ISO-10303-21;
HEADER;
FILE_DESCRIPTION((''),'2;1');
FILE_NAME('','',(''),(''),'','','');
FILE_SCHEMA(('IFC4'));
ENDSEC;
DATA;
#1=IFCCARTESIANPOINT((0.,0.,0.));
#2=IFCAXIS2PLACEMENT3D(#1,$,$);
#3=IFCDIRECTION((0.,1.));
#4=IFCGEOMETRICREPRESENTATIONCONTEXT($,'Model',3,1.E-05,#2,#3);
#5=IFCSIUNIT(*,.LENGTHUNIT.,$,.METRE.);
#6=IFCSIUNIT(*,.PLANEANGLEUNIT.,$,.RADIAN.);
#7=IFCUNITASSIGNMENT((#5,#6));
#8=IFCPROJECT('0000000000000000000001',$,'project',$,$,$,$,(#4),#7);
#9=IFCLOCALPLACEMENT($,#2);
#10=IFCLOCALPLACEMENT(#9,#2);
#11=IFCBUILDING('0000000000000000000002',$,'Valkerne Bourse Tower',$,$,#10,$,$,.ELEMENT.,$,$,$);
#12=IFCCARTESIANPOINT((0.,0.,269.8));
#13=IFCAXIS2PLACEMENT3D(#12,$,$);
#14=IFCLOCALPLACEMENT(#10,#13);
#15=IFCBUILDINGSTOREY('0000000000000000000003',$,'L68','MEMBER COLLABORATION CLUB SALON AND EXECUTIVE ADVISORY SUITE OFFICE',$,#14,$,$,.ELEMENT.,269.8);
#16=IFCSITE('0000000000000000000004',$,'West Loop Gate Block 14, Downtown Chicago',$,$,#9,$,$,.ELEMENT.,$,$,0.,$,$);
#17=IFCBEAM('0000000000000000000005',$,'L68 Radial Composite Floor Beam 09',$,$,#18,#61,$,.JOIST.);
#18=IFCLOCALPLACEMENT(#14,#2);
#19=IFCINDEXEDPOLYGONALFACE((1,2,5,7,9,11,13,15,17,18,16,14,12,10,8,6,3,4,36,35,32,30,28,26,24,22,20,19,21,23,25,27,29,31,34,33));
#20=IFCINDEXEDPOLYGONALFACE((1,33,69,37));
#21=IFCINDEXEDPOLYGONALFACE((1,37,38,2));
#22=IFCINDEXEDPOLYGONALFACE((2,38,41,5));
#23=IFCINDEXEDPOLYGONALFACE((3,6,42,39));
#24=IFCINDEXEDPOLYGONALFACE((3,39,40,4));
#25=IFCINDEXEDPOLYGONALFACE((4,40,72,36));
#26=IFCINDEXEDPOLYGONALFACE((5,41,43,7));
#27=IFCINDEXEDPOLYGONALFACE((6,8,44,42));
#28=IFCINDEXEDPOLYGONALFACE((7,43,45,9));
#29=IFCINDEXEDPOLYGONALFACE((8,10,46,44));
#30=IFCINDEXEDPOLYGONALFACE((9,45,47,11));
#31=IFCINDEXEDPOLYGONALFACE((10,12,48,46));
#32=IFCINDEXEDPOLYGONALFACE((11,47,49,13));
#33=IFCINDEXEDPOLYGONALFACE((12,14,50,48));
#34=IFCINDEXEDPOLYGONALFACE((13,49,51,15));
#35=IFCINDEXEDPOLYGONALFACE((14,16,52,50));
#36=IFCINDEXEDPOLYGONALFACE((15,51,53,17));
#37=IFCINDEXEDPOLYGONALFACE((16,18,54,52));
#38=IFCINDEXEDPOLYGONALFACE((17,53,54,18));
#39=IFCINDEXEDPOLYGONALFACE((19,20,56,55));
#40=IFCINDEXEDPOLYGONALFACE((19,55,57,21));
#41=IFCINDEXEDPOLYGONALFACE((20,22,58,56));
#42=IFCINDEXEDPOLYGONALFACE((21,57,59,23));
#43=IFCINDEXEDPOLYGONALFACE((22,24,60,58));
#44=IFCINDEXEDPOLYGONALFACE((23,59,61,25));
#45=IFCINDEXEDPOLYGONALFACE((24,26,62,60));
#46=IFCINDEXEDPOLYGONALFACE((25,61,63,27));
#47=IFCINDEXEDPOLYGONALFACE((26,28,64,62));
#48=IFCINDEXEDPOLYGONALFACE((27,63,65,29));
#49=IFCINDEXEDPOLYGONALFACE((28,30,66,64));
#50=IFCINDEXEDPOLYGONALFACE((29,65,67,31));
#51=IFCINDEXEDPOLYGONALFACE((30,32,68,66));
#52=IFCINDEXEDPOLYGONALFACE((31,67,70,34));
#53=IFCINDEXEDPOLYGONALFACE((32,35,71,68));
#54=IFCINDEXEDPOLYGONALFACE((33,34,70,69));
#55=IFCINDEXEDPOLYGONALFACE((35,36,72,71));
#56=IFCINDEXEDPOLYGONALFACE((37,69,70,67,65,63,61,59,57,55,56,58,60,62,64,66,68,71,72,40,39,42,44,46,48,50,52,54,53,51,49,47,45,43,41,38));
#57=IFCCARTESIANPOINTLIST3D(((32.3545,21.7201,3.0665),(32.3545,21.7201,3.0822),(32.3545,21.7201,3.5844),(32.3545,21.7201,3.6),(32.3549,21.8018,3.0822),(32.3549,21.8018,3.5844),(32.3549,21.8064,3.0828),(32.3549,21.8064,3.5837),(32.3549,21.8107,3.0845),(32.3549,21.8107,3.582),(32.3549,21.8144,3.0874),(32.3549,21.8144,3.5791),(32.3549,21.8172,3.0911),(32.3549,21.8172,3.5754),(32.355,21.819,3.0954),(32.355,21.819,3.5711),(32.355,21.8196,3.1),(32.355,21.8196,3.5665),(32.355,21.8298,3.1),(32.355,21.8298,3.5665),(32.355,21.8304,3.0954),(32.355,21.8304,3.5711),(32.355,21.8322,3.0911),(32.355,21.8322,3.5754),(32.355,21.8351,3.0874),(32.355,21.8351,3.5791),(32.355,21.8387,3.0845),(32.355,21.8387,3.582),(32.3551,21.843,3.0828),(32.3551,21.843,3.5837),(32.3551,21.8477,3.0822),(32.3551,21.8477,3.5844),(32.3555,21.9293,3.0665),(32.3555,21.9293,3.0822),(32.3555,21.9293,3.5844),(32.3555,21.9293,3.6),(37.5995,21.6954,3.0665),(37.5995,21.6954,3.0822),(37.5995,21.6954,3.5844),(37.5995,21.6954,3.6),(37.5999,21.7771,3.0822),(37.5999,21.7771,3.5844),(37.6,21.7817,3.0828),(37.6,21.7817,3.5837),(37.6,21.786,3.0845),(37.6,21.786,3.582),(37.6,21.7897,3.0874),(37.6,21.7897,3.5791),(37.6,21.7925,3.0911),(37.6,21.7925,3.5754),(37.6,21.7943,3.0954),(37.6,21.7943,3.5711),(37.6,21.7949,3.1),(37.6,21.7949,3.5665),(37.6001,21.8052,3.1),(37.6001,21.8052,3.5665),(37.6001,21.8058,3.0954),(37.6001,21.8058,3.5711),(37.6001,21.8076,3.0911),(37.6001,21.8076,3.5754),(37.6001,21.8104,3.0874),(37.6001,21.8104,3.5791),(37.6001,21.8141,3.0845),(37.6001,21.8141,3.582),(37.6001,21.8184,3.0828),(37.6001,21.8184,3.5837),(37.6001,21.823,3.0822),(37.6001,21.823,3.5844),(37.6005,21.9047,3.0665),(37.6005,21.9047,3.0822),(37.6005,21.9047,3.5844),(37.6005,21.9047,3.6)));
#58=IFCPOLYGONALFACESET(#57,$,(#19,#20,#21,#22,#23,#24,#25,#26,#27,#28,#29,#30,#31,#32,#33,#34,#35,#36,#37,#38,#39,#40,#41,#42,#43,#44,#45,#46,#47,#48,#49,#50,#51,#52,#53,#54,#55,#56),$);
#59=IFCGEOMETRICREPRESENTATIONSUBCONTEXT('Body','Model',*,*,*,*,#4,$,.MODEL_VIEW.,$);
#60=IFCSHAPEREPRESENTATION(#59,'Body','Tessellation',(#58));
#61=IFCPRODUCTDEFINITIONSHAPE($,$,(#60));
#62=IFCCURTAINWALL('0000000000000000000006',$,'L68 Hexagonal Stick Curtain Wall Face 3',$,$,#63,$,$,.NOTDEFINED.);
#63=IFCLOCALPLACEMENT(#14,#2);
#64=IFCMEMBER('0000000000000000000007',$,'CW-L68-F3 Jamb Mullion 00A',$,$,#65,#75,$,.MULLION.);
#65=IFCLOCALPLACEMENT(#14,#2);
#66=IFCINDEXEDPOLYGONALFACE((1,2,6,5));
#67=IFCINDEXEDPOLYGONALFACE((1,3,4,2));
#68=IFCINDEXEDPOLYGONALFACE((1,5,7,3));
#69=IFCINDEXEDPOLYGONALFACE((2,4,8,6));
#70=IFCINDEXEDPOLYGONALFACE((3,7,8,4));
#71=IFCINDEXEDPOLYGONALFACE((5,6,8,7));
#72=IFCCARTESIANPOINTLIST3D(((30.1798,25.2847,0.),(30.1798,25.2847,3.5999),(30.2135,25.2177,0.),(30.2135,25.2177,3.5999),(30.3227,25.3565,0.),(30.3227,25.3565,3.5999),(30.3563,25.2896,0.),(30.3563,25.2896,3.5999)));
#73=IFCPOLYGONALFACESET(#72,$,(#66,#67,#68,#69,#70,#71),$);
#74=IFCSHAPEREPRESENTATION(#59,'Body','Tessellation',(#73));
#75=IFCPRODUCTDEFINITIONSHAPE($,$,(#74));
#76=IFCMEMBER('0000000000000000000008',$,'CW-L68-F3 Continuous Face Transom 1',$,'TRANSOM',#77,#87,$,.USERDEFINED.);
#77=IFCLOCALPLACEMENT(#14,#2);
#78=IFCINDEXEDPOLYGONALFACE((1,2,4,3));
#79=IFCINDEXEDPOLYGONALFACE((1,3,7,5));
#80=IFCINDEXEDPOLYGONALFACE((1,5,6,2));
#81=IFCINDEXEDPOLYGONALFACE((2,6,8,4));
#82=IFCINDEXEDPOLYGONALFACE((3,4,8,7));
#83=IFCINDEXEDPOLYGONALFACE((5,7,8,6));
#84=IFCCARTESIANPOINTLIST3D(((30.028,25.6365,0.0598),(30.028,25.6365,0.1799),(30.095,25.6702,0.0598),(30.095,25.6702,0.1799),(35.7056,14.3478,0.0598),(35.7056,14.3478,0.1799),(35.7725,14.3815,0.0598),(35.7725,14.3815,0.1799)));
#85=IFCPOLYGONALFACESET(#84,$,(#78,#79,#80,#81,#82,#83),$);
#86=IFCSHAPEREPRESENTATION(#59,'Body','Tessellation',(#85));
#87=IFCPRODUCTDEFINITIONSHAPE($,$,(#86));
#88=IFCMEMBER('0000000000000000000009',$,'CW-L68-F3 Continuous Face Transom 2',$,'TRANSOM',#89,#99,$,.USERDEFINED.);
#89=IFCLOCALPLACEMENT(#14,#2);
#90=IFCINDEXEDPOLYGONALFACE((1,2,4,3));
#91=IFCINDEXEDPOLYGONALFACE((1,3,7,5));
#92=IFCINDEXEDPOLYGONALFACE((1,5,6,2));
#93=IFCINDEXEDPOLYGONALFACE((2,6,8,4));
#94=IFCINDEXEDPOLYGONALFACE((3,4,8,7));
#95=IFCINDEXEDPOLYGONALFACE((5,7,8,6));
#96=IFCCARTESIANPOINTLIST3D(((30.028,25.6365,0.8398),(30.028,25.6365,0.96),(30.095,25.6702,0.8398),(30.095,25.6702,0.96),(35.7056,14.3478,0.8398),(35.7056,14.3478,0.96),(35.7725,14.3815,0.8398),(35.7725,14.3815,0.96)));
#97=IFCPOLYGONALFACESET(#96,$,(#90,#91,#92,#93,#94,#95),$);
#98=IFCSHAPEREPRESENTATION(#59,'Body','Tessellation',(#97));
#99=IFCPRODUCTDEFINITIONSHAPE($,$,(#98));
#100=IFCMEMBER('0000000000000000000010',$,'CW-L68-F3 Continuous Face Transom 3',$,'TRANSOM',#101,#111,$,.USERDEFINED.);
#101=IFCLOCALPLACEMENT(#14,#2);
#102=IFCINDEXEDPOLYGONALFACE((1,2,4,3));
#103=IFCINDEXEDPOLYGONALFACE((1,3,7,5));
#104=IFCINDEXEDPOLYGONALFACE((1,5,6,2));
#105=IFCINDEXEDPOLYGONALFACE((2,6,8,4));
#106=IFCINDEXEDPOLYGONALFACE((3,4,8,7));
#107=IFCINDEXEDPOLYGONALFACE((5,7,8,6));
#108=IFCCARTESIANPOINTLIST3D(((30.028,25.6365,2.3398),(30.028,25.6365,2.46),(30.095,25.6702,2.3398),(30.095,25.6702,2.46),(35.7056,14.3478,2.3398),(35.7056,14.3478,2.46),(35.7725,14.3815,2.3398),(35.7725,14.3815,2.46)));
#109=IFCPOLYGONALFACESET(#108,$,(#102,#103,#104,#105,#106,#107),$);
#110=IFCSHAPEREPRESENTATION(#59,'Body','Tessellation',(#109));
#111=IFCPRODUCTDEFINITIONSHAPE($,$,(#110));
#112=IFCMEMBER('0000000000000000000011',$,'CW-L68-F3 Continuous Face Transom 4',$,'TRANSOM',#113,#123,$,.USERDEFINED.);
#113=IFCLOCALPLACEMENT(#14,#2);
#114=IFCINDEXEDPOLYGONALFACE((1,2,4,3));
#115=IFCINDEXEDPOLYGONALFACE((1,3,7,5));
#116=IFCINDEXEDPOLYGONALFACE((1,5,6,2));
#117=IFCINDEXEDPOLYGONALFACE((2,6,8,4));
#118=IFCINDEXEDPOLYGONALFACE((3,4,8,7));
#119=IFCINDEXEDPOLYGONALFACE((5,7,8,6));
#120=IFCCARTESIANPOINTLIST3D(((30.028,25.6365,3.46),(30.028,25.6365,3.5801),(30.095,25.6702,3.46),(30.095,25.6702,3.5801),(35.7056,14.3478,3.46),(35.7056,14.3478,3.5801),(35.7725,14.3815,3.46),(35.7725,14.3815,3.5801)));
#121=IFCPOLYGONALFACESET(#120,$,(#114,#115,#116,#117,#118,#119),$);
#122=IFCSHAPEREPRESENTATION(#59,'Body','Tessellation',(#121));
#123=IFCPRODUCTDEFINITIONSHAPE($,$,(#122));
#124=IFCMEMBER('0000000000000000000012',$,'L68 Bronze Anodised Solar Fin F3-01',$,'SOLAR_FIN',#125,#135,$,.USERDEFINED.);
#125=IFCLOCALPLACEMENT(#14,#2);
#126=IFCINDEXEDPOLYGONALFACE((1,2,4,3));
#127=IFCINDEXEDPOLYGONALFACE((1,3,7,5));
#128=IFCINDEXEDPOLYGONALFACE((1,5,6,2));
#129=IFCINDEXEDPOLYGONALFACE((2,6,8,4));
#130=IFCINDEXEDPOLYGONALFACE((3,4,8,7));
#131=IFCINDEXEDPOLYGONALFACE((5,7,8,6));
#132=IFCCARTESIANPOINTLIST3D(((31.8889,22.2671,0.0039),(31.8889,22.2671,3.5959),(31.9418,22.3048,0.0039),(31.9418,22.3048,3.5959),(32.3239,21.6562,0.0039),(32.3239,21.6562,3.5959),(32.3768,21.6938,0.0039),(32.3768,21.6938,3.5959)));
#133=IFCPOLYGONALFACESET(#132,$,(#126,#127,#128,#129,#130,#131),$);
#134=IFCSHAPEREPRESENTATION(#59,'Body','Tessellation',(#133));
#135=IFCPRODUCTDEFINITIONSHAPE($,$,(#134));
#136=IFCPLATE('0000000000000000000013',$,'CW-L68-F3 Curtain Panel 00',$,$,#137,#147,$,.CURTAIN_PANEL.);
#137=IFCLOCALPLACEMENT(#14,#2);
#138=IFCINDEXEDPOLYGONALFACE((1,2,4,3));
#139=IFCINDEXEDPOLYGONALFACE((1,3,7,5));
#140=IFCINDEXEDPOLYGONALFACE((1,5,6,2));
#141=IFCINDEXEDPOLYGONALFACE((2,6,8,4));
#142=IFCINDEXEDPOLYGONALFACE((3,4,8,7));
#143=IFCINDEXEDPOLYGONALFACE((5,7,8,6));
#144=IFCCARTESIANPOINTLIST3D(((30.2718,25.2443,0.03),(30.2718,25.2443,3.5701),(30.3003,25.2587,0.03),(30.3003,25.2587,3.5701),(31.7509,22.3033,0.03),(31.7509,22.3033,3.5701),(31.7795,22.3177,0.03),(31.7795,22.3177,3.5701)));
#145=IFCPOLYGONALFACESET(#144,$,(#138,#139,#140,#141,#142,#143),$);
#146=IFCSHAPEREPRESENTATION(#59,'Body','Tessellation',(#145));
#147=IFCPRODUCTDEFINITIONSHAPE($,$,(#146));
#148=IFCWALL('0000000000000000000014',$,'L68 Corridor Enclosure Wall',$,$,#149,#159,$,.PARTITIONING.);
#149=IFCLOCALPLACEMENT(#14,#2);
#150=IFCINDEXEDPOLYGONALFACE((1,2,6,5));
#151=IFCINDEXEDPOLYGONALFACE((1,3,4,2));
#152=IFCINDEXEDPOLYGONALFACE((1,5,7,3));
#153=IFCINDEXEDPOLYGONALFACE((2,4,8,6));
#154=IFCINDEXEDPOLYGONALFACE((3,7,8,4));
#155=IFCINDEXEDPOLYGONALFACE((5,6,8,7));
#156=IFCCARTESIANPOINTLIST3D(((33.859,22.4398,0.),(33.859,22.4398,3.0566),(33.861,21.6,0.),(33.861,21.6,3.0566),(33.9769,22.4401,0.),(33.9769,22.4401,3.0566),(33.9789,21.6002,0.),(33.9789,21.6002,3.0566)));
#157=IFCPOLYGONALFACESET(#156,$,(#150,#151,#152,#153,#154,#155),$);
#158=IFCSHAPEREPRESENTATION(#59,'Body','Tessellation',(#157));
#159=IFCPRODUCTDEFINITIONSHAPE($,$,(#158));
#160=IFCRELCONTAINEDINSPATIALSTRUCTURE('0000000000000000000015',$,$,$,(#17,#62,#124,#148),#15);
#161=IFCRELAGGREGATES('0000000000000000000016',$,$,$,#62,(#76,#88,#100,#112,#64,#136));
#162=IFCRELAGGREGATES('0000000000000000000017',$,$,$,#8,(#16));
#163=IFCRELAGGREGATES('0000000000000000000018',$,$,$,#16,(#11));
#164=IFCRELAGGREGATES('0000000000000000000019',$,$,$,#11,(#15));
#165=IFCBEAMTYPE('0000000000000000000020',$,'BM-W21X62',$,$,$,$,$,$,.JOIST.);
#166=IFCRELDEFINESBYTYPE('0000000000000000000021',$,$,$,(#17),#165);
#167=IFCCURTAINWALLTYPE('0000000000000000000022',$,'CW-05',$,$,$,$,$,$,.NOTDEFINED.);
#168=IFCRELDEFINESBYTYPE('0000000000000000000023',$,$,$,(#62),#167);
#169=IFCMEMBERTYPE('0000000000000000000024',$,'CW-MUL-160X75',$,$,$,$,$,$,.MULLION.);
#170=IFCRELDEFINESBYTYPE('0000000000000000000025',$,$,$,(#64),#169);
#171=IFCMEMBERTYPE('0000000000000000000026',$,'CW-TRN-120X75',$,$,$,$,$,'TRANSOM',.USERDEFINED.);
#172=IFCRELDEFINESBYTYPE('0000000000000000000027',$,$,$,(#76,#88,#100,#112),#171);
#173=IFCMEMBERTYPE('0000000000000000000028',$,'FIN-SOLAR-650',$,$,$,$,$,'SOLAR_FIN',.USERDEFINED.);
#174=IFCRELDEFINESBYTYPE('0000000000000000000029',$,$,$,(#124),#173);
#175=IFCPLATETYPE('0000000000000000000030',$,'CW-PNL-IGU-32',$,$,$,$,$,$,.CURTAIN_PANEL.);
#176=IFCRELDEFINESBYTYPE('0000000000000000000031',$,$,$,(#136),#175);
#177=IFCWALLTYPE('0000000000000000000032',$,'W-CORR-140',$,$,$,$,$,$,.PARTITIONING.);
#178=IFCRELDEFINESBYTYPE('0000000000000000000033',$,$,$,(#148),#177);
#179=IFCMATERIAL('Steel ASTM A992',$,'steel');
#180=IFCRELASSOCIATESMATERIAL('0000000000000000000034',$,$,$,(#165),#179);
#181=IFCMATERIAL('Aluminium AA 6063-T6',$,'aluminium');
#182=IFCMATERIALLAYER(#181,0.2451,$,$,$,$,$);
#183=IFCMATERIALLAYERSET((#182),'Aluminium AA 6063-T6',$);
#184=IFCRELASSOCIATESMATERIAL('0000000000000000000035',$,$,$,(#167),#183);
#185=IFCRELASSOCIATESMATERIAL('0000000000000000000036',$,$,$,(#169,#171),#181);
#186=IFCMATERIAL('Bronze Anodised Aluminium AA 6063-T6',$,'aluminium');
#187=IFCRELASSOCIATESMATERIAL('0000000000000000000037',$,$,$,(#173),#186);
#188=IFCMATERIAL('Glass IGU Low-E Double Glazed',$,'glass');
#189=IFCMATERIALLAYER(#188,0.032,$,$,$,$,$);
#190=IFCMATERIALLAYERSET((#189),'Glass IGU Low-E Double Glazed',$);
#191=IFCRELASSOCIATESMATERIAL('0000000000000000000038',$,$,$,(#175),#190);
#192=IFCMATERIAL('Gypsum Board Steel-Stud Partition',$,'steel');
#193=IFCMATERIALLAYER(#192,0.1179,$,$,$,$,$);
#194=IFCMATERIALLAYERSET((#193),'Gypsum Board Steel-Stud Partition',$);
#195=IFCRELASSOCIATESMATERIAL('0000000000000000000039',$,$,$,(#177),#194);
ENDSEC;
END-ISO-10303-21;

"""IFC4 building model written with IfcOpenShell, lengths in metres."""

from ifc_helpers import new_model, si_unit, direction, frame, frame_2d, origin, origin_2d, place, context, subcontext, project, spatial, rectangle, i_section, extrude, material, layer, layer_set, material_profile, profile_set, type_object, element, aggregate, save


model = new_model("IFC4")

# Units and contexts
model_context = context("Model", 3, precision=1e-05, world=origin(), true_north=direction((0.0, 1.0)))
body_context = subcontext(model_context, "Body", "Model", "MODEL_VIEW")
ifc_project = project(units=[si_unit("LENGTHUNIT", "METRE"), si_unit("PLANEANGLEUNIT", "RADIAN")], contexts=[model_context])

# Site, building, storey
site_placement = place(None, origin())
site = spatial("IfcSite", under=ifc_project, at=site_placement, Name="West Loop Gate Block 14, Downtown Chicago", CompositionType="ELEMENT", RefElevation=0.0)
building_placement = place(site_placement, origin())
building = spatial("IfcBuilding", under=site, at=building_placement, Name="Valkerne Bourse Tower", CompositionType="ELEMENT")
storey_placement = place(building_placement, frame((0.0, 0.0, 269.8)))
storey = spatial("IfcBuildingStorey", under=building, at=storey_placement, Name="L68", Description="MEMBER COLLABORATION CLUB SALON AND EXECUTIVE ADVISORY SUITE OFFICE", CompositionType="ELEMENT", Elevation=269.8)

# Beam
ifc_material_1 = material(Name="Steel ASTM A992", Category="steel")
ifc_material_profile_1 = material_profile(ifc_material_1, i_section(OverallWidth=0.2092, OverallDepth=0.5334, WebThickness=0.0103, FlangeThickness=0.0156, FilletRadius=0.0178, at=origin_2d()), Name="W21X62")
ifc_profile_set_1 = profile_set([ifc_material_profile_1], Name="Steel ASTM A992")
beam_type_1 = type_object("IfcBeamType", Name="BM-W21X62", PredefinedType="JOIST", material=ifc_profile_set_1)
beam_1_placement = place(storey_placement, frame((32.355, 21.8247, 3.3333), z_axis=(0.999989, -0.004701, 0.0), x_axis=(0.004701, 0.999989, 0.0)))
element("IfcBeam", 1, at=beam_1_placement, inside=storey, type_object=beam_type_1, Name="L68 Radial Composite Floor Beam 09", PredefinedType="JOIST", context=body_context, shape_type="SweptSolid", body=[
    extrude(i_section(OverallWidth=0.2092, OverallDepth=0.5334, WebThickness=0.0103, FlangeThickness=0.0156, FilletRadius=0.0178, at=origin_2d()), origin(), (0.0, 0.0, 1.0), 5.2451),
])

# Curtain wall, members
ifc_material_2 = material(Name="Aluminium AA 6063-T6", Category="aluminium")
ifc_layer_1 = layer(ifc_material_2, 0.2451)
ifc_layer_set_1 = layer_set([ifc_layer_1], Name="Aluminium AA 6063-T6")
curtain_wall_type = type_object("IfcCurtainWallType", Name="CW-05", PredefinedType="NOTDEFINED", material=ifc_layer_set_1)
curtain_wall_placement = place(storey_placement, origin())
curtain_wall = element("IfcCurtainWall", 2, at=curtain_wall_placement, inside=storey, type_object=curtain_wall_type, Name="L68 Hexagonal Stick Curtain Wall Face 3", PredefinedType="NOTDEFINED")
ifc_material_profile_2 = material_profile(ifc_material_2, rectangle(XDim=0.075, YDim=0.1599, at=origin_2d()), Name="CWM-75X160")
ifc_profile_set_2 = profile_set([ifc_material_profile_2], Name="Aluminium AA 6063-T6")
member_type_1 = type_object("IfcMemberType", Name="CW-MUL-160X75", PredefinedType="MULLION", material=ifc_profile_set_2)
member_1_placement = place(storey_placement, frame((30.2681, 25.2871, 0.0), z_axis=(0.0, 0.0, 1.0), x_axis=(0.449321, -0.893371, 0.0)))
member_1 = element("IfcMember", 3, at=member_1_placement, type_object=member_type_1, Name="CW-L68-F3 Jamb Mullion 00A", PredefinedType="MULLION", context=body_context, shape_type="SweptSolid", body=[
    extrude(rectangle(XDim=0.075, YDim=0.1599, at=origin_2d()), origin(), (0.0, 0.0, 1.0), 3.5999),
])
ifc_material_profile_3 = material_profile(ifc_material_2, rectangle(XDim=0.075, YDim=0.1201, at=origin_2d()), Name="CWT-75X120")
ifc_profile_set_3 = profile_set([ifc_material_profile_3], Name="Aluminium AA 6063-T6")
member_type_2 = type_object("IfcMemberType", Name="CW-TRN-120X75", ElementType="TRANSOM", PredefinedType="USERDEFINED", material=ifc_profile_set_3)
member_2_placement = place(storey_placement, frame((30.0615, 25.6533, 0.1199), z_axis=(0.449315, -0.893374, 0.0), x_axis=(0.893374, 0.449315, 0.0)))
member_2 = element("IfcMember", 4, at=member_2_placement, type_object=member_type_2, Name="CW-L68-F3 Continuous Face Transom 1", ObjectType="TRANSOM", PredefinedType="USERDEFINED", context=body_context, shape_type="SweptSolid", body=[
    extrude(rectangle(XDim=0.075, YDim=0.1201, at=origin_2d()), origin(), (0.0, 0.0, 1.0), 12.636),
])
member_3_placement = place(storey_placement, frame((30.0615, 25.6533, 0.8999), z_axis=(0.449315, -0.893374, 0.0), x_axis=(0.893374, 0.449315, 0.0)))
member_3 = element("IfcMember", 5, at=member_3_placement, type_object=member_type_2, Name="CW-L68-F3 Continuous Face Transom 2", ObjectType="TRANSOM", PredefinedType="USERDEFINED", context=body_context, shape_type="SweptSolid", body=[
    extrude(rectangle(XDim=0.075, YDim=0.1201, at=origin_2d()), origin(), (0.0, 0.0, 1.0), 12.636),
])
member_4_placement = place(storey_placement, frame((30.0615, 25.6533, 2.3999), z_axis=(0.449315, -0.893374, 0.0), x_axis=(0.893374, 0.449315, 0.0)))
member_4 = element("IfcMember", 6, at=member_4_placement, type_object=member_type_2, Name="CW-L68-F3 Continuous Face Transom 3", ObjectType="TRANSOM", PredefinedType="USERDEFINED", context=body_context, shape_type="SweptSolid", body=[
    extrude(rectangle(XDim=0.075, YDim=0.1201, at=origin_2d()), origin(), (0.0, 0.0, 1.0), 12.636),
])
member_5_placement = place(storey_placement, frame((30.0615, 25.6533, 3.52), z_axis=(0.449315, -0.893374, 0.0), x_axis=(0.893374, 0.449315, 0.0)))
member_5 = element("IfcMember", 7, at=member_5_placement, type_object=member_type_2, Name="CW-L68-F3 Continuous Face Transom 4", ObjectType="TRANSOM", PredefinedType="USERDEFINED", context=body_context, shape_type="SweptSolid", body=[
    extrude(rectangle(XDim=0.075, YDim=0.1201, at=origin_2d()), origin(), (0.0, 0.0, 1.0), 12.636),
])

# Member
ifc_material_3 = material(Name="Bronze Anodised Aluminium AA 6063-T6", Category="aluminium")
ifc_material_profile_4 = material_profile(ifc_material_3, rectangle(XDim=0.0649, YDim=0.75, at=origin_2d()), Name="FIN-65X750")
ifc_profile_set_4 = profile_set([ifc_material_profile_4], Name="Bronze Anodised Aluminium AA 6063-T6")
member_type_3 = type_object("IfcMemberType", Name="FIN-SOLAR-650", ElementType="SOLAR_FIN", PredefinedType="USERDEFINED", material=ifc_profile_set_4)
member_6_placement = place(storey_placement, frame((32.1328, 21.9805, 0.0039), z_axis=(0.0, 0.0, 1.0), x_axis=(-0.814594, -0.580032, 0.0)))
element("IfcMember", 8, at=member_6_placement, inside=storey, type_object=member_type_3, Name="L68 Bronze Anodised Solar Fin F3-01", ObjectType="SOLAR_FIN", PredefinedType="USERDEFINED", context=body_context, shape_type="SweptSolid", body=[
    extrude(rectangle(XDim=0.0649, YDim=0.75, at=origin_2d()), origin(), (0.0, 0.0, 1.0), 3.592),
])

# Plate
ifc_material_4 = material(Name="Glass IGU Low-E Double Glazed", Category="glass")
ifc_layer_2 = layer(ifc_material_4, 0.032)
ifc_layer_set_2 = layer_set([ifc_layer_2], Name="Glass IGU Low-E Double Glazed")
plate_type = type_object("IfcPlateType", Name="CW-PNL-IGU-32", PredefinedType="CURTAIN_PANEL", material=ifc_layer_set_2)
plate_placement = place(storey_placement, frame((31.0256, 23.781, 0.03), z_axis=(0.0, 0.0, 1.0), x_axis=(0.449321, -0.893371, 0.0)))
plate = element("IfcPlate", 9, at=plate_placement, type_object=plate_type, Name="CW-L68-F3 Curtain Panel 00", PredefinedType="CURTAIN_PANEL", context=body_context, shape_type="SweptSolid", body=[
    extrude(rectangle(XDim=3.292, YDim=0.032, at=origin_2d()), origin(), (0.0, 0.0, 1.0), 3.54),
])
aggregate(curtain_wall, [member_2, member_3, member_4, member_5, member_1, plate])

# Wall
ifc_material_5 = material(Name="Gypsum Board Steel-Stud Partition", Category="steel")
ifc_layer_3 = layer(ifc_material_5, 0.1179)
ifc_layer_set_3 = layer_set([ifc_layer_3], Name="Gypsum Board Steel-Stud Partition")
wall_type_1 = type_object("IfcWallType", Name="W-CORR-140", PredefinedType="PARTITIONING", material=ifc_layer_set_3)
wall_1_placement = place(storey_placement, frame((33.918, 22.4399, 0.0), z_axis=(0.0, 0.0, 1.0), x_axis=(0.002326, -0.999997, 0.0)))
element("IfcWall", 10, at=wall_1_placement, inside=storey, type_object=wall_type_1, Name="L68 Corridor Enclosure Wall", PredefinedType="PARTITIONING", context=body_context, shape_type="SweptSolid", body=[
    extrude(rectangle(XDim=0.8398, YDim=0.1179, at=frame_2d((0.4199, 0.0))), origin(), (0.0, 0.0, 1.0), 3.0566),
])

save(model, "model.ifc")
